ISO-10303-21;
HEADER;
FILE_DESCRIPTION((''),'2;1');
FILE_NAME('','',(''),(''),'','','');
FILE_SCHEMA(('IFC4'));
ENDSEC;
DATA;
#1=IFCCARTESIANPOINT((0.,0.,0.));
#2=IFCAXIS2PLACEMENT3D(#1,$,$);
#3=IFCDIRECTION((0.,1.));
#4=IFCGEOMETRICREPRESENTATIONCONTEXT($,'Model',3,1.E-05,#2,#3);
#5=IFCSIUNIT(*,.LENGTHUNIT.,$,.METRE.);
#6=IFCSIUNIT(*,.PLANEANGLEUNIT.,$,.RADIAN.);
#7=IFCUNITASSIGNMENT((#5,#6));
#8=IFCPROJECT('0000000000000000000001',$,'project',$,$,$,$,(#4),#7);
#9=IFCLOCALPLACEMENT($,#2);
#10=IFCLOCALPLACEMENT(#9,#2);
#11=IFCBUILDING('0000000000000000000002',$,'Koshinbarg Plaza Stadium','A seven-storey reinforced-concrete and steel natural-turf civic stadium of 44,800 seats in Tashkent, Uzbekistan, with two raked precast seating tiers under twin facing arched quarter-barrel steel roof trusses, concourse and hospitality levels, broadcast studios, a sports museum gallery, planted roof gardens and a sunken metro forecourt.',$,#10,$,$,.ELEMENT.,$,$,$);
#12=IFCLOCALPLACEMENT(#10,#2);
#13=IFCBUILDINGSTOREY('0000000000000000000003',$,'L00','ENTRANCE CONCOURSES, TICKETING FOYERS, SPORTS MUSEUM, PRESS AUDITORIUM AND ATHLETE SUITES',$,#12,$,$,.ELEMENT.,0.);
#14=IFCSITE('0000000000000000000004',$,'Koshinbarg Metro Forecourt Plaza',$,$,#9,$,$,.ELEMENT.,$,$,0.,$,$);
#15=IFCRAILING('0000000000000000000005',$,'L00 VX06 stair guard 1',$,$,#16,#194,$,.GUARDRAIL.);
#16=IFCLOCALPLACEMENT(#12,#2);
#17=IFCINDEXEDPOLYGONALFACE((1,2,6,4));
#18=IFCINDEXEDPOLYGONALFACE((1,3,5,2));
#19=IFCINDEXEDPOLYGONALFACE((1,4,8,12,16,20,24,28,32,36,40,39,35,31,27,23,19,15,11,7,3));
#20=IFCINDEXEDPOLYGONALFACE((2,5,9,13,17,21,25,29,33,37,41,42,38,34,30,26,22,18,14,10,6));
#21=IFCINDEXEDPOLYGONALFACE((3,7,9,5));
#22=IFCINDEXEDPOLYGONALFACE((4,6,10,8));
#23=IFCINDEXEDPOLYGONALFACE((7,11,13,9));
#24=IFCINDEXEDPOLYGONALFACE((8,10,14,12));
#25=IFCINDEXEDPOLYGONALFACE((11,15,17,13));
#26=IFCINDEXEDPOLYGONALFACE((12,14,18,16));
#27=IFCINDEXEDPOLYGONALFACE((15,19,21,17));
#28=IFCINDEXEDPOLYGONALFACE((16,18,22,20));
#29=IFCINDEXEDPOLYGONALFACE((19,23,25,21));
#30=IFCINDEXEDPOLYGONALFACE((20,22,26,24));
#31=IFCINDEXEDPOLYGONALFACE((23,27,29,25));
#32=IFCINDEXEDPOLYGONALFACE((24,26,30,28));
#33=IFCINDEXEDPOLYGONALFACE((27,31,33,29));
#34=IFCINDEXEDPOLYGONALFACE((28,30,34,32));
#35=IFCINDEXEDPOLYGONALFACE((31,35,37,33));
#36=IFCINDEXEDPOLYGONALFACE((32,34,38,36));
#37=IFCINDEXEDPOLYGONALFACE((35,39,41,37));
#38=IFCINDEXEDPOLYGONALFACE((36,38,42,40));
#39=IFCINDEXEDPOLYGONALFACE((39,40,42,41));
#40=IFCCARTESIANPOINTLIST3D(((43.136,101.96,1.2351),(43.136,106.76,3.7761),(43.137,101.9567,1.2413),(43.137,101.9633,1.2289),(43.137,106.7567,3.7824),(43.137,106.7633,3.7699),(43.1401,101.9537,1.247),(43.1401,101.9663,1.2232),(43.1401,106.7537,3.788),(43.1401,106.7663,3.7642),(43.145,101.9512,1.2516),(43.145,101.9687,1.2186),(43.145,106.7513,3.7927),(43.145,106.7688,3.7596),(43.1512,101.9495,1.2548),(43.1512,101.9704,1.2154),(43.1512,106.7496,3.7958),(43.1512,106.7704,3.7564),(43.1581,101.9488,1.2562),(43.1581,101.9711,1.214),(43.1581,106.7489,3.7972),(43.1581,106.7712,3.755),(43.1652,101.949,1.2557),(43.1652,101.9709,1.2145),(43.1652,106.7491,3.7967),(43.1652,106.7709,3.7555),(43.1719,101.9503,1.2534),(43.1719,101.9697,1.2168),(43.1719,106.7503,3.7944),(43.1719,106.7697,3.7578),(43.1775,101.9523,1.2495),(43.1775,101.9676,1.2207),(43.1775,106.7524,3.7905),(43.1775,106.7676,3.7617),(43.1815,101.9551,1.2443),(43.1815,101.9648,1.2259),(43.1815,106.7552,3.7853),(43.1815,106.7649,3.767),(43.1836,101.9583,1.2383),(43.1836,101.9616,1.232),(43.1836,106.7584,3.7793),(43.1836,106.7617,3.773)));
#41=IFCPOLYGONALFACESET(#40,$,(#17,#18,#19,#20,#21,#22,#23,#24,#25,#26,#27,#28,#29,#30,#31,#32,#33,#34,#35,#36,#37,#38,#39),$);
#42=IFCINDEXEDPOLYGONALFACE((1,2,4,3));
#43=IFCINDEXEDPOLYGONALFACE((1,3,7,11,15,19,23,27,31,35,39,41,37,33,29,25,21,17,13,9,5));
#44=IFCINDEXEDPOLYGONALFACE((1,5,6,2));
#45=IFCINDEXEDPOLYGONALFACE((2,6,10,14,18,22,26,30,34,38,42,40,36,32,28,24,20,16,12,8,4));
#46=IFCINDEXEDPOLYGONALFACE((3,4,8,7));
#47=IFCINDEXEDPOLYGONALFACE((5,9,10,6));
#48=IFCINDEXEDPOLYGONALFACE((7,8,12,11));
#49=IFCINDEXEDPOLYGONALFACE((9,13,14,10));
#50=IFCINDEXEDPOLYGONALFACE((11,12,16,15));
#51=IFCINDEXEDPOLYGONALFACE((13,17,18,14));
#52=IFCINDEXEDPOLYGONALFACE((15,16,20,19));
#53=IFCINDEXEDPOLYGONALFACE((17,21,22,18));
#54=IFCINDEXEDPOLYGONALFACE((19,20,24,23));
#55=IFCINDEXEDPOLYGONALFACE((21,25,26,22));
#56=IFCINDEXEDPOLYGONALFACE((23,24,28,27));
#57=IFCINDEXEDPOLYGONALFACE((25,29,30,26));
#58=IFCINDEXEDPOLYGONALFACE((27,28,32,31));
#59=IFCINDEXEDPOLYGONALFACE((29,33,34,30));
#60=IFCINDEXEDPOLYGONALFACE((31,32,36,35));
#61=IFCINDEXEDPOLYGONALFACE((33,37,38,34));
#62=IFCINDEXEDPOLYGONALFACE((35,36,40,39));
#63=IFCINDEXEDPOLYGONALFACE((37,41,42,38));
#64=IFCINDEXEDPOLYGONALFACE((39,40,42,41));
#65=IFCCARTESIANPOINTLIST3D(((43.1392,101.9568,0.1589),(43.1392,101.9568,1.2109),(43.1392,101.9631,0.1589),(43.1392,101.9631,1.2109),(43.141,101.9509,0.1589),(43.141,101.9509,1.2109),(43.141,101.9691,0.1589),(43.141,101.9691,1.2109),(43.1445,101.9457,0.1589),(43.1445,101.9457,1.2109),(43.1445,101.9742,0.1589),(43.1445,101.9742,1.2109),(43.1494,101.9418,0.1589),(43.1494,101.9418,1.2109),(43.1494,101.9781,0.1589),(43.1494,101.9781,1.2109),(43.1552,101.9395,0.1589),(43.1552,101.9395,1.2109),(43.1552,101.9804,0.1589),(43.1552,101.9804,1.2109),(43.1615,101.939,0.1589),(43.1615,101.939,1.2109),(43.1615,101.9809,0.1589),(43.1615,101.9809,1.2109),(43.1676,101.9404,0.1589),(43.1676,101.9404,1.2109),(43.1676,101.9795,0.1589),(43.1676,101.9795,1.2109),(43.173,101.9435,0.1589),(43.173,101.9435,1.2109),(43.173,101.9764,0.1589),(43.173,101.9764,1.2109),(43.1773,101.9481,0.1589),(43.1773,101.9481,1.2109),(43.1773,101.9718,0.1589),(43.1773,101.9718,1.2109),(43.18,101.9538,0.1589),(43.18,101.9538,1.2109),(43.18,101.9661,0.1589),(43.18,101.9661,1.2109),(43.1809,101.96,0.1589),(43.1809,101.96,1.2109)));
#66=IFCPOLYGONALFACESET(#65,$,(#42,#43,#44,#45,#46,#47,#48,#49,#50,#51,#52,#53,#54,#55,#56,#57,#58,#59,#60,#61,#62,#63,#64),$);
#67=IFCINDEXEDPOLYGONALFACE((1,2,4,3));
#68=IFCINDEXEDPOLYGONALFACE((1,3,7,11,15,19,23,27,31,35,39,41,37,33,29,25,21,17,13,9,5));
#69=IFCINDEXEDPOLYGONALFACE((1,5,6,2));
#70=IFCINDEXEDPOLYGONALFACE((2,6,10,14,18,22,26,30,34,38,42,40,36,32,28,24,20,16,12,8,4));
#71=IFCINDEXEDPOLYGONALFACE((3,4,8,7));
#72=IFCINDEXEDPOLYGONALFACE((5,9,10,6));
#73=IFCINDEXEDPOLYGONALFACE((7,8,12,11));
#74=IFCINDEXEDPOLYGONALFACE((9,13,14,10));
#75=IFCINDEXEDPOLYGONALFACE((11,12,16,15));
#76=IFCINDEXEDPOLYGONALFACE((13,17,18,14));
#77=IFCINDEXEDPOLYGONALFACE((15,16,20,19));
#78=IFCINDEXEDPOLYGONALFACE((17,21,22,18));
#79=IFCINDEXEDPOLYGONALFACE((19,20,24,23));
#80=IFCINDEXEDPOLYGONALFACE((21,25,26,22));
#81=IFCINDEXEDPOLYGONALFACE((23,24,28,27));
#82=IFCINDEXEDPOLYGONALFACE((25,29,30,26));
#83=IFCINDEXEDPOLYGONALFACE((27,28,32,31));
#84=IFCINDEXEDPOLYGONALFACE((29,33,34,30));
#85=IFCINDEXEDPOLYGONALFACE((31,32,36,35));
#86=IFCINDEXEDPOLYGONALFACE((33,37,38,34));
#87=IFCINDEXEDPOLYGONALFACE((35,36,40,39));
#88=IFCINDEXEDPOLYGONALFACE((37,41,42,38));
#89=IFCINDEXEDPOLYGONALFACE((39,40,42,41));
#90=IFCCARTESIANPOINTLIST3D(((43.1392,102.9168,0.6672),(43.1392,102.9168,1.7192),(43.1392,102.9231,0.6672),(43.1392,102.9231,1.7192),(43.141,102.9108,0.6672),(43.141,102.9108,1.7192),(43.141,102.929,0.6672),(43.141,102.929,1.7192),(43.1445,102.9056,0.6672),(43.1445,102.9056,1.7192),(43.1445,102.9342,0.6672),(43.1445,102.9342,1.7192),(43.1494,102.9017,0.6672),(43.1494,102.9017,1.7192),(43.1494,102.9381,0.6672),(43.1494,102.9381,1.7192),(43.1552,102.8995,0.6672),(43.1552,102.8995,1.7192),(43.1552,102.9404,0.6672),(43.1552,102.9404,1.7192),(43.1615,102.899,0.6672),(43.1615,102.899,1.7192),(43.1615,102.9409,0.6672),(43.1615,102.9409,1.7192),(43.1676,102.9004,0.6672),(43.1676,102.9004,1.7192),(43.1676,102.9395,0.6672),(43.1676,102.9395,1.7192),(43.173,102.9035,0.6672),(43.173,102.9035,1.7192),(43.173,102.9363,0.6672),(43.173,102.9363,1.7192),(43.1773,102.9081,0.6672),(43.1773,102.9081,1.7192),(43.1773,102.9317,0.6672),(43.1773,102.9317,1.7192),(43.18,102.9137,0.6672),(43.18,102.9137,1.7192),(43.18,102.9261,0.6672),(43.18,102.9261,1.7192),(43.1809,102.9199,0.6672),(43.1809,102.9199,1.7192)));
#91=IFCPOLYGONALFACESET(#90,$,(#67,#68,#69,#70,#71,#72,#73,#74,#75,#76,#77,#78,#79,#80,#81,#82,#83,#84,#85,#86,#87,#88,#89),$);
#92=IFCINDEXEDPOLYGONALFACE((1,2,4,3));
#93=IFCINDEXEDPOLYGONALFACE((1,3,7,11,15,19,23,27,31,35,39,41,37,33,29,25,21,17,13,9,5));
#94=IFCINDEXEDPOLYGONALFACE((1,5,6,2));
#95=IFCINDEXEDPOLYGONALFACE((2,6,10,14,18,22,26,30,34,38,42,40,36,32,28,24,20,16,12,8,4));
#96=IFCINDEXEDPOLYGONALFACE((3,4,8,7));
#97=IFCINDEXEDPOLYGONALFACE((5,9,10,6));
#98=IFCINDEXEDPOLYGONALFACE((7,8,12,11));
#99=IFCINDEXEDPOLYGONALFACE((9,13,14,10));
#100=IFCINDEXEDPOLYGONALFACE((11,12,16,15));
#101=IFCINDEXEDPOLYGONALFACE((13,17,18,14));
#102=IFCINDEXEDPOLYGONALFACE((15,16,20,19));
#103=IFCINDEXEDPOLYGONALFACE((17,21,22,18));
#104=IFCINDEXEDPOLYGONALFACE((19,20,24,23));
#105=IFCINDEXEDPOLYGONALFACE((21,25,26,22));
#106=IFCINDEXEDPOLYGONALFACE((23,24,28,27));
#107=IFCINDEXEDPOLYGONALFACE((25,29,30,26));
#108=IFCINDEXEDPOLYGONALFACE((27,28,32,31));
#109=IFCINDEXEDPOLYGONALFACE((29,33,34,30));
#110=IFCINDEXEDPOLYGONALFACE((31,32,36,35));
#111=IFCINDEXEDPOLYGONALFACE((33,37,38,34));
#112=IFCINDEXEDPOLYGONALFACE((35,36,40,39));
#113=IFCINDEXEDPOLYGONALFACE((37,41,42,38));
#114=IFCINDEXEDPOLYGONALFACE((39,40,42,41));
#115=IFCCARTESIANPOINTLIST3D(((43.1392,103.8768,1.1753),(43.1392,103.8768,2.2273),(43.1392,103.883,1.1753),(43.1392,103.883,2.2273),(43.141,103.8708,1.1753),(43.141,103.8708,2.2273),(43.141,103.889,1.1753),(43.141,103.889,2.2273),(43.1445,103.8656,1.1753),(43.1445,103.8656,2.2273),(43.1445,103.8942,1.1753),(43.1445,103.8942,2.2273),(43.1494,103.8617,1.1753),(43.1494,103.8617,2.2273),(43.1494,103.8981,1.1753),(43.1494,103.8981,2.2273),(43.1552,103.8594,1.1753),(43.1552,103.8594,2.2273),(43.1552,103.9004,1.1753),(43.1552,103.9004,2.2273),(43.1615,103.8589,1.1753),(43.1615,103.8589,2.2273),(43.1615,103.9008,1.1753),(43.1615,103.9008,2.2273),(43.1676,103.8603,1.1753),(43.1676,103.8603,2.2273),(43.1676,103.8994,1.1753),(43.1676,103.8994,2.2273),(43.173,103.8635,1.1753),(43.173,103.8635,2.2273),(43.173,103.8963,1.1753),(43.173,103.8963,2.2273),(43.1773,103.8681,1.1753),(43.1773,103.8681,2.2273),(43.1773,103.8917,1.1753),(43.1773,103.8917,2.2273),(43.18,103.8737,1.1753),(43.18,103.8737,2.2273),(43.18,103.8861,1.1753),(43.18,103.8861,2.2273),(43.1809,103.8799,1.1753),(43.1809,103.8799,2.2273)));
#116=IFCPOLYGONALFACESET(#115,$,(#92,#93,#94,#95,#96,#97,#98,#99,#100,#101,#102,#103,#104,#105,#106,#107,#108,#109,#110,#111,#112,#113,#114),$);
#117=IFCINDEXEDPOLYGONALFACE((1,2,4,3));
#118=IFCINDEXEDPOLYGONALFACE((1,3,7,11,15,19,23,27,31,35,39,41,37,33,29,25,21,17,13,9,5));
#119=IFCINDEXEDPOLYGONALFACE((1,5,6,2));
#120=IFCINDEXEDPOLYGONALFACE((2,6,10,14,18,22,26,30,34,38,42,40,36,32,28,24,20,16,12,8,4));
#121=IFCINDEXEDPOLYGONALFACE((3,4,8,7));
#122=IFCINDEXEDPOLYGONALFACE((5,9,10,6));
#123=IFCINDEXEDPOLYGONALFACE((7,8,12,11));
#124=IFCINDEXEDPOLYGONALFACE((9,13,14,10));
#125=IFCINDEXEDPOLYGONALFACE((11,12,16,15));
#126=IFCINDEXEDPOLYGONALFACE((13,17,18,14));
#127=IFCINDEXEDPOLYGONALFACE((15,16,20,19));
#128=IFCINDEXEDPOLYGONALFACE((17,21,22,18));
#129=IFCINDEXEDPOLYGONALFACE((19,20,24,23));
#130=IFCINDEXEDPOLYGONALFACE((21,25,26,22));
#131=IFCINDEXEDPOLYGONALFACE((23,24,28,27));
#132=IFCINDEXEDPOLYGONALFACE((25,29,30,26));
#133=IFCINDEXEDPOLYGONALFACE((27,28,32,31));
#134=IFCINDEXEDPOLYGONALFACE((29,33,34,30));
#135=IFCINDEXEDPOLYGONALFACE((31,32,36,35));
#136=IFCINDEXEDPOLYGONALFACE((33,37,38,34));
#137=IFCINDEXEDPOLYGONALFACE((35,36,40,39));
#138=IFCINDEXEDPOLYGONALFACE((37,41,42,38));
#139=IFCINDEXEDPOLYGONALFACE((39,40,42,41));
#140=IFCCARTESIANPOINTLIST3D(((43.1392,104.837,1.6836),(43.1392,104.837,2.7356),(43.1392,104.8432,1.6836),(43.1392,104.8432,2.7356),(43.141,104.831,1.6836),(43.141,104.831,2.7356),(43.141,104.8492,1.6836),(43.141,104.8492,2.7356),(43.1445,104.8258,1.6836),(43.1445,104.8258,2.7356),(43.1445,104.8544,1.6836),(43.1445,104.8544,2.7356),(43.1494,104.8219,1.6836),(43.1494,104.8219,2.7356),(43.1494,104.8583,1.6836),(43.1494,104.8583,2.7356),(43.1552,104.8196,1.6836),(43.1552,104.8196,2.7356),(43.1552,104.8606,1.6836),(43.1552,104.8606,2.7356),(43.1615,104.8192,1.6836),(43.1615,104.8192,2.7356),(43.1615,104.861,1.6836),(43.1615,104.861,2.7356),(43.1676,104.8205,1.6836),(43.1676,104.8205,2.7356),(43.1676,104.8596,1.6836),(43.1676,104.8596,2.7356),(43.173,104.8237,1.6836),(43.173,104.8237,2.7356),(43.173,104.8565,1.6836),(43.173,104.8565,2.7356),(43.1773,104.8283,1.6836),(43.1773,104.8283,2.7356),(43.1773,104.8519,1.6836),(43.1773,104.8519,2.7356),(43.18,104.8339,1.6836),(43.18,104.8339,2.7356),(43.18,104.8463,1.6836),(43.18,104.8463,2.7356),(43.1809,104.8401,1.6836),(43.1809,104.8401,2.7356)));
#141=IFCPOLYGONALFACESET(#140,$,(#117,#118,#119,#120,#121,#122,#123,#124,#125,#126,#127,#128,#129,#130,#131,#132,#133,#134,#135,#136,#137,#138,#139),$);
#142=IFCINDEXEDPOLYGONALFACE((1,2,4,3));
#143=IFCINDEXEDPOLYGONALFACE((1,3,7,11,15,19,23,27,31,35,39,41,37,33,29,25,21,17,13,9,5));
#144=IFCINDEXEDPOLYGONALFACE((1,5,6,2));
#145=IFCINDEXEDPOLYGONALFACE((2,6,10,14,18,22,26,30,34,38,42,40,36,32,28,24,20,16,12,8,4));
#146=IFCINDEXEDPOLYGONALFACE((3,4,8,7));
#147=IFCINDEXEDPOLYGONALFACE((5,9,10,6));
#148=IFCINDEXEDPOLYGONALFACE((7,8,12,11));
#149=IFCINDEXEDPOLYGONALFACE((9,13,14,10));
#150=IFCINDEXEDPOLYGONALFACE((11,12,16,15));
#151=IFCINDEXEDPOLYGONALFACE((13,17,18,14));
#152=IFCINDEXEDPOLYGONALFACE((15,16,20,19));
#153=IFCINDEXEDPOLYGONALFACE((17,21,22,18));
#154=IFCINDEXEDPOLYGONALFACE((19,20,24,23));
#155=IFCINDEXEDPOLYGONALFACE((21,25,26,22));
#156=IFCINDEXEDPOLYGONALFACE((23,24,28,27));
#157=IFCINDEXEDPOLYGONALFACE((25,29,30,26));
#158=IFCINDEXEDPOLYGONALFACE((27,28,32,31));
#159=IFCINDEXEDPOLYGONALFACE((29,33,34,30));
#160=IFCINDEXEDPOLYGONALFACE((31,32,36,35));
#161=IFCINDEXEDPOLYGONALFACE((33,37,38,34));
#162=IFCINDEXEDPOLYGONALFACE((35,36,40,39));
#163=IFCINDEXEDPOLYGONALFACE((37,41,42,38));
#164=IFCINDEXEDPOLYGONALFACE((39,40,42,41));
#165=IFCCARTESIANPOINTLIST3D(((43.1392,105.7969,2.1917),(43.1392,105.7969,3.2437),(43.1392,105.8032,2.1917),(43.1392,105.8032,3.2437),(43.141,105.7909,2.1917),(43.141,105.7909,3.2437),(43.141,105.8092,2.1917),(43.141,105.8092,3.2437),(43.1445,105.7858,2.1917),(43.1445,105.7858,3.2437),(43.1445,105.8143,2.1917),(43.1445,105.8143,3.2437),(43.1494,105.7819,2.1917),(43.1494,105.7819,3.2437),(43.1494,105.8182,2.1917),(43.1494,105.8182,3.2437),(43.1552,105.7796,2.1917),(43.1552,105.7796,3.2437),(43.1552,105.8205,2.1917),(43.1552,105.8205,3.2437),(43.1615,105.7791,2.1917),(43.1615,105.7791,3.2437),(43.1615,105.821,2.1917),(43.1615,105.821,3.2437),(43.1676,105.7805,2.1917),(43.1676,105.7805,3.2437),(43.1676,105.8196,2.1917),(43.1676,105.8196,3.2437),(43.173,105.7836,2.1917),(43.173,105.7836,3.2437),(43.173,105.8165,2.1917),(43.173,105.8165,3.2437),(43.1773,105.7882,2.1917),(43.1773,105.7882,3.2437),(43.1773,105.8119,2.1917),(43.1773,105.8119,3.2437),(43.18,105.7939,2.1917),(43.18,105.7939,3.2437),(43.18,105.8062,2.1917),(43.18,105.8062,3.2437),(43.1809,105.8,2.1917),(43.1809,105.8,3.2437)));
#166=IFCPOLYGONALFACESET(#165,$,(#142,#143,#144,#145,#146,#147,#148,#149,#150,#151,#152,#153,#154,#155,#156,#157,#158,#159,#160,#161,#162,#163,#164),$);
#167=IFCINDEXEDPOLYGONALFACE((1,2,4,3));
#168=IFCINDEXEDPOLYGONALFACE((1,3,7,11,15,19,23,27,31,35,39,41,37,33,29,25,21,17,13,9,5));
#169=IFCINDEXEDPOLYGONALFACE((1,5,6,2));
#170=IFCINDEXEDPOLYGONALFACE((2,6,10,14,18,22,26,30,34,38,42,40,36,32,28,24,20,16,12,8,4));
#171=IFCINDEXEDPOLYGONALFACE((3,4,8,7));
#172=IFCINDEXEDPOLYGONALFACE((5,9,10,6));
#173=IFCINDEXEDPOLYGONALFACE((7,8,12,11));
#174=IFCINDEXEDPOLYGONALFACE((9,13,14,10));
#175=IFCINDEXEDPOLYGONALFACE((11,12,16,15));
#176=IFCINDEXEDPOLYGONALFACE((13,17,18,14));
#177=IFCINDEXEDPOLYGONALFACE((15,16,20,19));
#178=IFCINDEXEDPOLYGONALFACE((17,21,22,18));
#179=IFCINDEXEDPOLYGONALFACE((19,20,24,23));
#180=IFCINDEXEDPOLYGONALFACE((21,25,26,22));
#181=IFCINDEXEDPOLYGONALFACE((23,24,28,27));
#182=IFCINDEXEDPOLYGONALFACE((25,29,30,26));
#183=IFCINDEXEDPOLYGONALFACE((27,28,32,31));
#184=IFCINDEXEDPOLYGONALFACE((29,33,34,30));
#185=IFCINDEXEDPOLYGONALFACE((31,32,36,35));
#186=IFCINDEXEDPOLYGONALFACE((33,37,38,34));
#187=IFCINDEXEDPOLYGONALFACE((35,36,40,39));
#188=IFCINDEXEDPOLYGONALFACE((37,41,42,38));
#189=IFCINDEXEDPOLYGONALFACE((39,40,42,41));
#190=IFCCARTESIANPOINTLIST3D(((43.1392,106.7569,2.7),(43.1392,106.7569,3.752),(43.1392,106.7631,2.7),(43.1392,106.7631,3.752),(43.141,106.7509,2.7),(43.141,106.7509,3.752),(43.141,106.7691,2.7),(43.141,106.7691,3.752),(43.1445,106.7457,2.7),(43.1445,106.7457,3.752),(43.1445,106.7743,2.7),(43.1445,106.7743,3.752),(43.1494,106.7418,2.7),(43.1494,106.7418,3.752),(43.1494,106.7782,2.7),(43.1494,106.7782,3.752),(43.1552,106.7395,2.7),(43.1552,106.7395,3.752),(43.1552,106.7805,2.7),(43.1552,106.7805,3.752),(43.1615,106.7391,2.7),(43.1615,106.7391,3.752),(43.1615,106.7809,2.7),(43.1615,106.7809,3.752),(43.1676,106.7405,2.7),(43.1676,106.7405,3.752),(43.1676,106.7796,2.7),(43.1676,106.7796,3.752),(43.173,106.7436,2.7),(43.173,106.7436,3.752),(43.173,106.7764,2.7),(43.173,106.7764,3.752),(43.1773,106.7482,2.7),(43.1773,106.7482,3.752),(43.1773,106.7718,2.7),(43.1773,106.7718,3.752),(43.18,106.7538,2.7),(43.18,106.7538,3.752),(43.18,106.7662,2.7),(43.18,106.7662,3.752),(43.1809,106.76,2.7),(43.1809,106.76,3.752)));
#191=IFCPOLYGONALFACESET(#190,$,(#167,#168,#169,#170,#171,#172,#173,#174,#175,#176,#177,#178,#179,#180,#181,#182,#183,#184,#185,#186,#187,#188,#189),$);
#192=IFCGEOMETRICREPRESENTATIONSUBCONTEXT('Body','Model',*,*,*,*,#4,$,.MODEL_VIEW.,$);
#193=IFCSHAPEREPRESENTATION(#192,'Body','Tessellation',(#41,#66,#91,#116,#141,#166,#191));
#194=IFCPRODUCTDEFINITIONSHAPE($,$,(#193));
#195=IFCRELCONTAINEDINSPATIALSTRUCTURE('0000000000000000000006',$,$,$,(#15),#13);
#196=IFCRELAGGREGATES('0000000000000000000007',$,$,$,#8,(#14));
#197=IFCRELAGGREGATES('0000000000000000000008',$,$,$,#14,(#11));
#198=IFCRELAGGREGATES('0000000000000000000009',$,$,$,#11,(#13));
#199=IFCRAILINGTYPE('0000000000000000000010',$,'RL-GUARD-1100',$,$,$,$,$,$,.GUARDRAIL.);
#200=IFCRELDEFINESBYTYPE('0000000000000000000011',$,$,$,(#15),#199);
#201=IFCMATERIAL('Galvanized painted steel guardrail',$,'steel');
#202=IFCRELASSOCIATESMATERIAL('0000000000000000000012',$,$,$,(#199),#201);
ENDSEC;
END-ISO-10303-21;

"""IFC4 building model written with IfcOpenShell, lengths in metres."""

from ifc_helpers import new_model, si_unit, direction, frame, origin, origin_2d, place, context, subcontext, project, spatial, circle, extrude, material, type_object, element, save


model = new_model("IFC4")

# Units and contexts
model_context = context("Model", 3, precision=1e-05, world=origin(), true_north=direction((0.0, 1.0)))
body_context = subcontext(model_context, "Body", "Model", "MODEL_VIEW")
ifc_project = project(units=[si_unit("LENGTHUNIT", "METRE"), si_unit("PLANEANGLEUNIT", "RADIAN")], contexts=[model_context])

# Site, building, storey
site_placement = place(None, origin())
site = spatial("IfcSite", under=ifc_project, at=site_placement, Name="Koshinbarg Metro Forecourt Plaza", CompositionType="ELEMENT", RefElevation=0.0)
building_placement = place(site_placement, origin())
building = spatial("IfcBuilding", under=site, at=building_placement, Name="Koshinbarg Plaza Stadium", Description="A seven-storey reinforced-concrete and steel natural-turf civic stadium of 44,800 seats in Tashkent, Uzbekistan, with two raked precast seating tiers under twin facing arched quarter-barrel steel roof trusses, concourse and hospitality levels, broadcast studios, a sports museum gallery, planted roof gardens and a sunken metro forecourt.", CompositionType="ELEMENT")
storey_placement = place(building_placement, origin())
storey = spatial("IfcBuildingStorey", under=building, at=storey_placement, Name="L00", Description="ENTRANCE CONCOURSES, TICKETING FOYERS, SPORTS MUSEUM, PRESS AUDITORIUM AND ATHLETE SUITES", CompositionType="ELEMENT", Elevation=0.0)

# Railing
ifc_material_1 = material(Name="Galvanized painted steel guardrail", Category="steel")
railing_type_1 = type_object("IfcRailingType", Name="RL-GUARD-1100", PredefinedType="GUARDRAIL", material=ifc_material_1)
railing_1_placement = place(storey_placement, frame((43.1599, 101.96, 0.1589)))
element("IfcRailing", 1, at=railing_1_placement, inside=storey, type_object=railing_type_1, Name="L00 VX06 stair guard 1", PredefinedType="GUARDRAIL", context=body_context, shape_type="SweptSolid", body=[
    extrude(circle(Radius=0.0239, at=origin_2d()), frame((0.0, 0.0, 1.0762), z_axis=(0.0, 0.883802, 0.467861), x_axis=(-1.0, 0.0, 0.0)), (0.0, 0.0, 1.0), 5.4312),
    extrude(circle(Radius=0.021, at=origin_2d()), origin(), (0.0, 0.0, 1.0), 1.052),
    extrude(circle(Radius=0.021, at=origin_2d()), frame((0.0, 0.96, 0.5083)), (0.0, 0.0, 1.0), 1.052),
    extrude(circle(Radius=0.021, at=origin_2d()), frame((0.0, 1.9199, 1.0164)), (0.0, 0.0, 1.0), 1.052),
    extrude(circle(Radius=0.021, at=origin_2d()), frame((0.0, 2.8801, 1.5247)), (0.0, 0.0, 1.0), 1.052),
    extrude(circle(Radius=0.021, at=origin_2d()), frame((0.0, 3.8401, 2.0327)), (0.0, 0.0, 1.0), 1.052),
    extrude(circle(Radius=0.021, at=origin_2d()), frame((0.0, 4.8, 2.541)), (0.0, 0.0, 1.0), 1.052),
])

save(model, "model.ifc")
